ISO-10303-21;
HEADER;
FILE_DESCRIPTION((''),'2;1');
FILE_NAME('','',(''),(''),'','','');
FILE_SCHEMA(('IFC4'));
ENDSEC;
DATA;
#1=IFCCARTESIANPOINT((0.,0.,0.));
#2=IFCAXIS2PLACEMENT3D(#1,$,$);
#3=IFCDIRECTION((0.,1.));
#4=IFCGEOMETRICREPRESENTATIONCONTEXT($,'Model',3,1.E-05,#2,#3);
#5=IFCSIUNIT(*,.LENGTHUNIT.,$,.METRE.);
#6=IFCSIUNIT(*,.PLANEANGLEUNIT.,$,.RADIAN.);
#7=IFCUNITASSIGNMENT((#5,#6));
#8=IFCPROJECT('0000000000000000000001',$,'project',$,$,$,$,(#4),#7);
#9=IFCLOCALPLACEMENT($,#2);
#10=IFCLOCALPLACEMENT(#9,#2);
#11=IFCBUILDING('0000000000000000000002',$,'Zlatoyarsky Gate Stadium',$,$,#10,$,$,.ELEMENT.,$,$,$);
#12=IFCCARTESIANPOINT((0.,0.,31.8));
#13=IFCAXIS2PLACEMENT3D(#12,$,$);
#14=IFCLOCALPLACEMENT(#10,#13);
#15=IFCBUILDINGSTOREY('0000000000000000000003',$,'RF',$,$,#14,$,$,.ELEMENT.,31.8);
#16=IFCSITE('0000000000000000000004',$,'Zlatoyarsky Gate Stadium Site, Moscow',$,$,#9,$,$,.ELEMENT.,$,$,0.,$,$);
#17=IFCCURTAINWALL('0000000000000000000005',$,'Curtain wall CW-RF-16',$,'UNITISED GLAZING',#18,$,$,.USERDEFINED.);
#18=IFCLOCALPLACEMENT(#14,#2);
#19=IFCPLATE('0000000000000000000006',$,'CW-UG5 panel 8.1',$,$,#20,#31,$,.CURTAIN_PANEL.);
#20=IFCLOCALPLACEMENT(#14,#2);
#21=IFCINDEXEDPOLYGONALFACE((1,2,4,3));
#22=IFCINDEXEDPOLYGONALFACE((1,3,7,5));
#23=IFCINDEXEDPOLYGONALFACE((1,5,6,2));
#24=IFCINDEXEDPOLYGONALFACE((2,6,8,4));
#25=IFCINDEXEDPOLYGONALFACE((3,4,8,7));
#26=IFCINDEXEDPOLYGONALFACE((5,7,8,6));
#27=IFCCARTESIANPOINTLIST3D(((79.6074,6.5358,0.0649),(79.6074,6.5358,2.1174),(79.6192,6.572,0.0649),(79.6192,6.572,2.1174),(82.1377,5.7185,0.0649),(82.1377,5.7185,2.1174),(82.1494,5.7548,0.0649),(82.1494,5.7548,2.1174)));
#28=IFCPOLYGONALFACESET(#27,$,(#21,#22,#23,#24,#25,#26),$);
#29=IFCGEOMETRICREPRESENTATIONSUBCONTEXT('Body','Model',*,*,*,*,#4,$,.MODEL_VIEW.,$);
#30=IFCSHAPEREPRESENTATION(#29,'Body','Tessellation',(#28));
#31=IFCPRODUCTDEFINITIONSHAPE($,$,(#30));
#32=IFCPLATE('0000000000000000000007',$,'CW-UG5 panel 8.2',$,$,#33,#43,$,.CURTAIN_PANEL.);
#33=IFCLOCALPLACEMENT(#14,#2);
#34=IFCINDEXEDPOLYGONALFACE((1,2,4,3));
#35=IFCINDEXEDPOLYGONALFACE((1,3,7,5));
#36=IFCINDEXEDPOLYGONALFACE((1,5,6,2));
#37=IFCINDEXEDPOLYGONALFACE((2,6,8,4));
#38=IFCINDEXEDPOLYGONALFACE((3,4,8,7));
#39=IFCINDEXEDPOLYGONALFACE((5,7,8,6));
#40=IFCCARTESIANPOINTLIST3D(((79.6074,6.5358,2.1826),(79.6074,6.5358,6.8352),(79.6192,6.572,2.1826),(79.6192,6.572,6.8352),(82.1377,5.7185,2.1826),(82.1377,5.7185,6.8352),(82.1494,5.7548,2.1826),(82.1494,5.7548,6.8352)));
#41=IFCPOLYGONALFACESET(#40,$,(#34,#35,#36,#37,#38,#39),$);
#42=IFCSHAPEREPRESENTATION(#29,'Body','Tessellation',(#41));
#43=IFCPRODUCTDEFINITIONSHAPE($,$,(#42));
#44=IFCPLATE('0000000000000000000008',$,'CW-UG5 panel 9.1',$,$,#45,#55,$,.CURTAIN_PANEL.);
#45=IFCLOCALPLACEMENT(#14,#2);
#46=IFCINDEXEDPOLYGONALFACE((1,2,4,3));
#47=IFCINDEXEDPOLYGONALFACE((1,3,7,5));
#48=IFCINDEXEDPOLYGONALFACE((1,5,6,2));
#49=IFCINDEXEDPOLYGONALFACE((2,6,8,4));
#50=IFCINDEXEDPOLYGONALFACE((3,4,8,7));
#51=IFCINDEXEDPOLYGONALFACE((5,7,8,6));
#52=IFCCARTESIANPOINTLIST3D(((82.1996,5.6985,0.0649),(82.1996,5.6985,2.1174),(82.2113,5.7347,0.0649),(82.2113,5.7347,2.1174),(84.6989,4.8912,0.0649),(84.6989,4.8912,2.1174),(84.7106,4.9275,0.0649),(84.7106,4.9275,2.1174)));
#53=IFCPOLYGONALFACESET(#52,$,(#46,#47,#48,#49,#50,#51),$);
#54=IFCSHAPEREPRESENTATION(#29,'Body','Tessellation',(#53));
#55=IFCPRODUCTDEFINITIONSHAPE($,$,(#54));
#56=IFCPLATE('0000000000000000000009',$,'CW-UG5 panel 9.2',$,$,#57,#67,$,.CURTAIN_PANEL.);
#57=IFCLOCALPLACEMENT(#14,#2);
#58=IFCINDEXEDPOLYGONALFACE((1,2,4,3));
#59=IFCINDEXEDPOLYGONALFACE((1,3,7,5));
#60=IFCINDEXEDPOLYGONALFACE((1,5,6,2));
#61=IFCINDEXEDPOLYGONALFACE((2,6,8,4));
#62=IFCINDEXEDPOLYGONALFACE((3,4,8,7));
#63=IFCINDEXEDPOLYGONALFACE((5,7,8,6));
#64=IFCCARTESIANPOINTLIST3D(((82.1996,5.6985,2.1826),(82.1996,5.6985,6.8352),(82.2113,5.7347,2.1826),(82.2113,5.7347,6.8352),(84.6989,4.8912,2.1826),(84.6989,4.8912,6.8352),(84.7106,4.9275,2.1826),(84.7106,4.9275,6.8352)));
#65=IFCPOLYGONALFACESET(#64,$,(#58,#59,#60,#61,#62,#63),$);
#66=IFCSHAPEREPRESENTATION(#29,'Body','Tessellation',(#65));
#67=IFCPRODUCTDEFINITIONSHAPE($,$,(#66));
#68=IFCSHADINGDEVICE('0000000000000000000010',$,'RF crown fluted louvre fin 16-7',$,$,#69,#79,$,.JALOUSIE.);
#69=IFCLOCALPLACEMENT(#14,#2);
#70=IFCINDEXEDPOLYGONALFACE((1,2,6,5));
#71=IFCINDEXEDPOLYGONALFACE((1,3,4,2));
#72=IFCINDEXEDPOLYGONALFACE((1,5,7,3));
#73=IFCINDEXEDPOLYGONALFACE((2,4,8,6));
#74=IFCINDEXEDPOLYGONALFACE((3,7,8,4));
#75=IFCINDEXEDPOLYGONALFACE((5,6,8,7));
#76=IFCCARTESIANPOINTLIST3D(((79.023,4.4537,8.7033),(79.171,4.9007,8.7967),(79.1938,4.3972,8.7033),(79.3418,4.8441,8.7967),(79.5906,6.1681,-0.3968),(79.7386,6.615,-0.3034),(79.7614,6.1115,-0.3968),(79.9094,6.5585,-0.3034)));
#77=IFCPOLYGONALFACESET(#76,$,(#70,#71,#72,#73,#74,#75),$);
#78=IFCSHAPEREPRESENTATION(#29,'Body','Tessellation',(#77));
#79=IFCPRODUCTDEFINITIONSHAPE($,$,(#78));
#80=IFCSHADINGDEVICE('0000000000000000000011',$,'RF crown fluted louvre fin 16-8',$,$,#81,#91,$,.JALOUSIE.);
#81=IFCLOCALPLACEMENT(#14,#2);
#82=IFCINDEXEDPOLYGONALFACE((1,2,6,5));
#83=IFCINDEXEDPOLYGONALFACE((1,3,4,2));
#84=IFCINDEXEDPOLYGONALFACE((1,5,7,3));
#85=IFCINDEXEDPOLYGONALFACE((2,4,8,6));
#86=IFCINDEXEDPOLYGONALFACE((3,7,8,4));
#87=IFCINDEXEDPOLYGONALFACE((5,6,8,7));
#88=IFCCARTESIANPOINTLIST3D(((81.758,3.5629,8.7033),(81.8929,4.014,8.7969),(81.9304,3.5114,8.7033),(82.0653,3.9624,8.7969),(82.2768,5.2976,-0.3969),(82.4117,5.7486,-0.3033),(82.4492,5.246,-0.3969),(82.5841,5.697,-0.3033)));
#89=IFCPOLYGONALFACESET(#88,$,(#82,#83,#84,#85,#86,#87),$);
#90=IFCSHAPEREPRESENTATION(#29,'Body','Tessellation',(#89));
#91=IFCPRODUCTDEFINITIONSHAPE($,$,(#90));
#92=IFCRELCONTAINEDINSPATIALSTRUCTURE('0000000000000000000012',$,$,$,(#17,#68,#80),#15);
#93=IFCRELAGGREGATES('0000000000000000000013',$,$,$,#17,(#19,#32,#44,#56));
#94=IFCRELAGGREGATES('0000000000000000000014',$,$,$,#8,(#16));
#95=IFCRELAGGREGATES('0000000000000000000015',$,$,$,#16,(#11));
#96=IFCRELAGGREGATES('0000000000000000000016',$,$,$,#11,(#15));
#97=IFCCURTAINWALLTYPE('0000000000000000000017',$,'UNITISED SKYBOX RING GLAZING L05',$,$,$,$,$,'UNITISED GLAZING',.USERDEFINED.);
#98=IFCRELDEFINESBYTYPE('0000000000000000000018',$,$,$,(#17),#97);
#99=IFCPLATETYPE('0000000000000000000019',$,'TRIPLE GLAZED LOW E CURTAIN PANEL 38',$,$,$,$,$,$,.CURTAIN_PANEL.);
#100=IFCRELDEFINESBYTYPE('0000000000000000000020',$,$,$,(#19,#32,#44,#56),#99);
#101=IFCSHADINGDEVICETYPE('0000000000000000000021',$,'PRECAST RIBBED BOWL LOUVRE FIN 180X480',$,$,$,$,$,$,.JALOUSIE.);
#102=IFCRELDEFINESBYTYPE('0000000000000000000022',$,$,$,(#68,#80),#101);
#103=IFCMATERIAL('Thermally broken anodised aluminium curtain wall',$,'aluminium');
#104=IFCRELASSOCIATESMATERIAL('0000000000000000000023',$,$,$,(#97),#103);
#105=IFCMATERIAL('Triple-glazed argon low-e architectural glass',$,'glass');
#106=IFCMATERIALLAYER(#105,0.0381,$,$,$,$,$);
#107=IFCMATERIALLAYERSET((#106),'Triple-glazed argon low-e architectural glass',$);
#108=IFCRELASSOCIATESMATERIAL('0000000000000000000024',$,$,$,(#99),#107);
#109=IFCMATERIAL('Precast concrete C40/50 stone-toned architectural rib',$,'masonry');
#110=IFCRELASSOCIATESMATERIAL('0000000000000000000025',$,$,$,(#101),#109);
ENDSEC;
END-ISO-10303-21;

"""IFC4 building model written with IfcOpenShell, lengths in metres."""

from ifc_helpers import new_model, si_unit, direction, frame, origin, origin_2d, place, context, subcontext, project, spatial, rectangle, extrude, material, layer, layer_set, material_profile, profile_set, type_object, element, aggregate, save


model = new_model("IFC4")

# Units and contexts
model_context = context("Model", 3, precision=1e-05, world=origin(), true_north=direction((0.0, 1.0)))
body_context = subcontext(model_context, "Body", "Model", "MODEL_VIEW")
ifc_project = project(units=[si_unit("LENGTHUNIT", "METRE"), si_unit("PLANEANGLEUNIT", "RADIAN")], contexts=[model_context])

# Site, building, storey
site_placement = place(None, origin())
site = spatial("IfcSite", under=ifc_project, at=site_placement, Name="Zlatoyarsky Gate Stadium Site, Moscow", CompositionType="ELEMENT", RefElevation=0.0)
building_placement = place(site_placement, origin())
building = spatial("IfcBuilding", under=site, at=building_placement, Name="Zlatoyarsky Gate Stadium", CompositionType="ELEMENT")
storey_placement = place(building_placement, frame((0.0, 0.0, 31.8)))
storey = spatial("IfcBuildingStorey", under=building, at=storey_placement, Name="RF", CompositionType="ELEMENT", Elevation=31.8)

# Curtain wall
ifc_material_1 = material(Name="Thermally broken anodised aluminium curtain wall", Category="aluminium")
curtain_wall_type = type_object("IfcCurtainWallType", Name="UNITISED SKYBOX RING GLAZING L05", ElementType="UNITISED GLAZING", PredefinedType="USERDEFINED", material=ifc_material_1)
curtain_wall_placement = place(storey_placement, origin())
curtain_wall = element("IfcCurtainWall", 1, at=curtain_wall_placement, inside=storey, type_object=curtain_wall_type, Name="Curtain wall CW-RF-16", ObjectType="UNITISED GLAZING", PredefinedType="USERDEFINED")

# Plates
ifc_material_2 = material(Name="Triple-glazed argon low-e architectural glass", Category="glass")
ifc_layer_1 = layer(ifc_material_2, 0.0381)
ifc_layer_set_1 = layer_set([ifc_layer_1], Name="Triple-glazed argon low-e architectural glass")
plate_type_1 = type_object("IfcPlateType", Name="TRIPLE GLAZED LOW E CURTAIN PANEL 38", PredefinedType="CURTAIN_PANEL", material=ifc_layer_set_1)
plate_1_placement = place(storey_placement, frame((80.8784, 6.1453, 0.0649), z_axis=(0.0, 0.0, 1.0), x_axis=(0.951596, -0.307352, 0.0)))
plate_1 = element("IfcPlate", 2, at=plate_1_placement, type_object=plate_type_1, Name="CW-UG5 panel 8.1", PredefinedType="CURTAIN_PANEL", context=body_context, shape_type="SweptSolid", body=[
    extrude(rectangle(XDim=2.6589, YDim=0.0381, at=origin_2d()), origin(), (0.0, 0.0, 1.0), 2.0525),
])
plate_2_placement = place(storey_placement, frame((80.8784, 6.1453, 2.1826), z_axis=(0.0, 0.0, 1.0), x_axis=(0.951596, -0.307352, 0.0)))
plate_2 = element("IfcPlate", 3, at=plate_2_placement, type_object=plate_type_1, Name="CW-UG5 panel 8.2", PredefinedType="CURTAIN_PANEL", context=body_context, shape_type="SweptSolid", body=[
    extrude(rectangle(XDim=2.6589, YDim=0.0381, at=origin_2d()), origin(), (0.0, 0.0, 1.0), 4.6526),
])
plate_3_placement = place(storey_placement, frame((83.4551, 5.313, 0.0649), z_axis=(0.0, 0.0, 1.0), x_axis=(0.951596, -0.307352, 0.0)))
plate_3 = element("IfcPlate", 4, at=plate_3_placement, type_object=plate_type_1, Name="CW-UG5 panel 9.1", PredefinedType="CURTAIN_PANEL", context=body_context, shape_type="SweptSolid", body=[
    extrude(rectangle(XDim=2.6265, YDim=0.0381, at=origin_2d()), origin(), (0.0, 0.0, 1.0), 2.0525),
])
plate_4_placement = place(storey_placement, frame((83.4551, 5.313, 2.1826), z_axis=(0.0, 0.0, 1.0), x_axis=(0.951596, -0.307352, 0.0)))
plate_4 = element("IfcPlate", 5, at=plate_4_placement, type_object=plate_type_1, Name="CW-UG5 panel 9.2", PredefinedType="CURTAIN_PANEL", context=body_context, shape_type="SweptSolid", body=[
    extrude(rectangle(XDim=2.6265, YDim=0.0381, at=origin_2d()), origin(), (0.0, 0.0, 1.0), 4.6526),
])
aggregate(curtain_wall, [plate_1, plate_2, plate_3, plate_4])

# Shading devices
ifc_material_3 = material(Name="Precast concrete C40/50 stone-toned architectural rib", Category="masonry")
ifc_material_profile_1 = material_profile(ifc_material_3, rectangle(XDim=0.1799, YDim=0.48, at=origin_2d()), Name="RIB 180X480")
ifc_profile_set_1 = profile_set([ifc_material_profile_1], Name="Precast concrete C40/50 stone-toned architectural rib")
shading_device_type = type_object("IfcShadingDeviceType", Name="PRECAST RIBBED BOWL LOUVRE FIN 180X480", PredefinedType="JALOUSIE", material=ifc_profile_set_1)
shading_device_1_placement = place(storey_placement, frame((79.75, 6.3633, -0.3501), z_axis=(-0.061183, -0.184785, 0.980873), x_axis=(0.949317, -0.314321, 0.0)))
element("IfcShadingDevice", 6, at=shading_device_1_placement, inside=storey, type_object=shading_device_type, Name="RF crown fluted louvre fin 16-7", PredefinedType="JALOUSIE", context=body_context, shape_type="SweptSolid", body=[
    extrude(rectangle(XDim=0.1799, YDim=0.48, at=origin_2d()), origin(), (0.0, 0.0, 1.0), 9.2776),
])
shading_device_2_placement = place(storey_placement, frame((82.4304, 5.4973, -0.3501), z_axis=(-0.055914, -0.186951, 0.980777), x_axis=(0.958067, -0.286544, 0.0)))
element("IfcShadingDevice", 7, at=shading_device_2_placement, inside=storey, type_object=shading_device_type, Name="RF crown fluted louvre fin 16-8", PredefinedType="JALOUSIE", context=body_context, shape_type="SweptSolid", body=[
    extrude(rectangle(XDim=0.1799, YDim=0.48, at=origin_2d()), origin(), (0.0, 0.0, 1.0), 9.2786),
])

save(model, "model.ifc")
